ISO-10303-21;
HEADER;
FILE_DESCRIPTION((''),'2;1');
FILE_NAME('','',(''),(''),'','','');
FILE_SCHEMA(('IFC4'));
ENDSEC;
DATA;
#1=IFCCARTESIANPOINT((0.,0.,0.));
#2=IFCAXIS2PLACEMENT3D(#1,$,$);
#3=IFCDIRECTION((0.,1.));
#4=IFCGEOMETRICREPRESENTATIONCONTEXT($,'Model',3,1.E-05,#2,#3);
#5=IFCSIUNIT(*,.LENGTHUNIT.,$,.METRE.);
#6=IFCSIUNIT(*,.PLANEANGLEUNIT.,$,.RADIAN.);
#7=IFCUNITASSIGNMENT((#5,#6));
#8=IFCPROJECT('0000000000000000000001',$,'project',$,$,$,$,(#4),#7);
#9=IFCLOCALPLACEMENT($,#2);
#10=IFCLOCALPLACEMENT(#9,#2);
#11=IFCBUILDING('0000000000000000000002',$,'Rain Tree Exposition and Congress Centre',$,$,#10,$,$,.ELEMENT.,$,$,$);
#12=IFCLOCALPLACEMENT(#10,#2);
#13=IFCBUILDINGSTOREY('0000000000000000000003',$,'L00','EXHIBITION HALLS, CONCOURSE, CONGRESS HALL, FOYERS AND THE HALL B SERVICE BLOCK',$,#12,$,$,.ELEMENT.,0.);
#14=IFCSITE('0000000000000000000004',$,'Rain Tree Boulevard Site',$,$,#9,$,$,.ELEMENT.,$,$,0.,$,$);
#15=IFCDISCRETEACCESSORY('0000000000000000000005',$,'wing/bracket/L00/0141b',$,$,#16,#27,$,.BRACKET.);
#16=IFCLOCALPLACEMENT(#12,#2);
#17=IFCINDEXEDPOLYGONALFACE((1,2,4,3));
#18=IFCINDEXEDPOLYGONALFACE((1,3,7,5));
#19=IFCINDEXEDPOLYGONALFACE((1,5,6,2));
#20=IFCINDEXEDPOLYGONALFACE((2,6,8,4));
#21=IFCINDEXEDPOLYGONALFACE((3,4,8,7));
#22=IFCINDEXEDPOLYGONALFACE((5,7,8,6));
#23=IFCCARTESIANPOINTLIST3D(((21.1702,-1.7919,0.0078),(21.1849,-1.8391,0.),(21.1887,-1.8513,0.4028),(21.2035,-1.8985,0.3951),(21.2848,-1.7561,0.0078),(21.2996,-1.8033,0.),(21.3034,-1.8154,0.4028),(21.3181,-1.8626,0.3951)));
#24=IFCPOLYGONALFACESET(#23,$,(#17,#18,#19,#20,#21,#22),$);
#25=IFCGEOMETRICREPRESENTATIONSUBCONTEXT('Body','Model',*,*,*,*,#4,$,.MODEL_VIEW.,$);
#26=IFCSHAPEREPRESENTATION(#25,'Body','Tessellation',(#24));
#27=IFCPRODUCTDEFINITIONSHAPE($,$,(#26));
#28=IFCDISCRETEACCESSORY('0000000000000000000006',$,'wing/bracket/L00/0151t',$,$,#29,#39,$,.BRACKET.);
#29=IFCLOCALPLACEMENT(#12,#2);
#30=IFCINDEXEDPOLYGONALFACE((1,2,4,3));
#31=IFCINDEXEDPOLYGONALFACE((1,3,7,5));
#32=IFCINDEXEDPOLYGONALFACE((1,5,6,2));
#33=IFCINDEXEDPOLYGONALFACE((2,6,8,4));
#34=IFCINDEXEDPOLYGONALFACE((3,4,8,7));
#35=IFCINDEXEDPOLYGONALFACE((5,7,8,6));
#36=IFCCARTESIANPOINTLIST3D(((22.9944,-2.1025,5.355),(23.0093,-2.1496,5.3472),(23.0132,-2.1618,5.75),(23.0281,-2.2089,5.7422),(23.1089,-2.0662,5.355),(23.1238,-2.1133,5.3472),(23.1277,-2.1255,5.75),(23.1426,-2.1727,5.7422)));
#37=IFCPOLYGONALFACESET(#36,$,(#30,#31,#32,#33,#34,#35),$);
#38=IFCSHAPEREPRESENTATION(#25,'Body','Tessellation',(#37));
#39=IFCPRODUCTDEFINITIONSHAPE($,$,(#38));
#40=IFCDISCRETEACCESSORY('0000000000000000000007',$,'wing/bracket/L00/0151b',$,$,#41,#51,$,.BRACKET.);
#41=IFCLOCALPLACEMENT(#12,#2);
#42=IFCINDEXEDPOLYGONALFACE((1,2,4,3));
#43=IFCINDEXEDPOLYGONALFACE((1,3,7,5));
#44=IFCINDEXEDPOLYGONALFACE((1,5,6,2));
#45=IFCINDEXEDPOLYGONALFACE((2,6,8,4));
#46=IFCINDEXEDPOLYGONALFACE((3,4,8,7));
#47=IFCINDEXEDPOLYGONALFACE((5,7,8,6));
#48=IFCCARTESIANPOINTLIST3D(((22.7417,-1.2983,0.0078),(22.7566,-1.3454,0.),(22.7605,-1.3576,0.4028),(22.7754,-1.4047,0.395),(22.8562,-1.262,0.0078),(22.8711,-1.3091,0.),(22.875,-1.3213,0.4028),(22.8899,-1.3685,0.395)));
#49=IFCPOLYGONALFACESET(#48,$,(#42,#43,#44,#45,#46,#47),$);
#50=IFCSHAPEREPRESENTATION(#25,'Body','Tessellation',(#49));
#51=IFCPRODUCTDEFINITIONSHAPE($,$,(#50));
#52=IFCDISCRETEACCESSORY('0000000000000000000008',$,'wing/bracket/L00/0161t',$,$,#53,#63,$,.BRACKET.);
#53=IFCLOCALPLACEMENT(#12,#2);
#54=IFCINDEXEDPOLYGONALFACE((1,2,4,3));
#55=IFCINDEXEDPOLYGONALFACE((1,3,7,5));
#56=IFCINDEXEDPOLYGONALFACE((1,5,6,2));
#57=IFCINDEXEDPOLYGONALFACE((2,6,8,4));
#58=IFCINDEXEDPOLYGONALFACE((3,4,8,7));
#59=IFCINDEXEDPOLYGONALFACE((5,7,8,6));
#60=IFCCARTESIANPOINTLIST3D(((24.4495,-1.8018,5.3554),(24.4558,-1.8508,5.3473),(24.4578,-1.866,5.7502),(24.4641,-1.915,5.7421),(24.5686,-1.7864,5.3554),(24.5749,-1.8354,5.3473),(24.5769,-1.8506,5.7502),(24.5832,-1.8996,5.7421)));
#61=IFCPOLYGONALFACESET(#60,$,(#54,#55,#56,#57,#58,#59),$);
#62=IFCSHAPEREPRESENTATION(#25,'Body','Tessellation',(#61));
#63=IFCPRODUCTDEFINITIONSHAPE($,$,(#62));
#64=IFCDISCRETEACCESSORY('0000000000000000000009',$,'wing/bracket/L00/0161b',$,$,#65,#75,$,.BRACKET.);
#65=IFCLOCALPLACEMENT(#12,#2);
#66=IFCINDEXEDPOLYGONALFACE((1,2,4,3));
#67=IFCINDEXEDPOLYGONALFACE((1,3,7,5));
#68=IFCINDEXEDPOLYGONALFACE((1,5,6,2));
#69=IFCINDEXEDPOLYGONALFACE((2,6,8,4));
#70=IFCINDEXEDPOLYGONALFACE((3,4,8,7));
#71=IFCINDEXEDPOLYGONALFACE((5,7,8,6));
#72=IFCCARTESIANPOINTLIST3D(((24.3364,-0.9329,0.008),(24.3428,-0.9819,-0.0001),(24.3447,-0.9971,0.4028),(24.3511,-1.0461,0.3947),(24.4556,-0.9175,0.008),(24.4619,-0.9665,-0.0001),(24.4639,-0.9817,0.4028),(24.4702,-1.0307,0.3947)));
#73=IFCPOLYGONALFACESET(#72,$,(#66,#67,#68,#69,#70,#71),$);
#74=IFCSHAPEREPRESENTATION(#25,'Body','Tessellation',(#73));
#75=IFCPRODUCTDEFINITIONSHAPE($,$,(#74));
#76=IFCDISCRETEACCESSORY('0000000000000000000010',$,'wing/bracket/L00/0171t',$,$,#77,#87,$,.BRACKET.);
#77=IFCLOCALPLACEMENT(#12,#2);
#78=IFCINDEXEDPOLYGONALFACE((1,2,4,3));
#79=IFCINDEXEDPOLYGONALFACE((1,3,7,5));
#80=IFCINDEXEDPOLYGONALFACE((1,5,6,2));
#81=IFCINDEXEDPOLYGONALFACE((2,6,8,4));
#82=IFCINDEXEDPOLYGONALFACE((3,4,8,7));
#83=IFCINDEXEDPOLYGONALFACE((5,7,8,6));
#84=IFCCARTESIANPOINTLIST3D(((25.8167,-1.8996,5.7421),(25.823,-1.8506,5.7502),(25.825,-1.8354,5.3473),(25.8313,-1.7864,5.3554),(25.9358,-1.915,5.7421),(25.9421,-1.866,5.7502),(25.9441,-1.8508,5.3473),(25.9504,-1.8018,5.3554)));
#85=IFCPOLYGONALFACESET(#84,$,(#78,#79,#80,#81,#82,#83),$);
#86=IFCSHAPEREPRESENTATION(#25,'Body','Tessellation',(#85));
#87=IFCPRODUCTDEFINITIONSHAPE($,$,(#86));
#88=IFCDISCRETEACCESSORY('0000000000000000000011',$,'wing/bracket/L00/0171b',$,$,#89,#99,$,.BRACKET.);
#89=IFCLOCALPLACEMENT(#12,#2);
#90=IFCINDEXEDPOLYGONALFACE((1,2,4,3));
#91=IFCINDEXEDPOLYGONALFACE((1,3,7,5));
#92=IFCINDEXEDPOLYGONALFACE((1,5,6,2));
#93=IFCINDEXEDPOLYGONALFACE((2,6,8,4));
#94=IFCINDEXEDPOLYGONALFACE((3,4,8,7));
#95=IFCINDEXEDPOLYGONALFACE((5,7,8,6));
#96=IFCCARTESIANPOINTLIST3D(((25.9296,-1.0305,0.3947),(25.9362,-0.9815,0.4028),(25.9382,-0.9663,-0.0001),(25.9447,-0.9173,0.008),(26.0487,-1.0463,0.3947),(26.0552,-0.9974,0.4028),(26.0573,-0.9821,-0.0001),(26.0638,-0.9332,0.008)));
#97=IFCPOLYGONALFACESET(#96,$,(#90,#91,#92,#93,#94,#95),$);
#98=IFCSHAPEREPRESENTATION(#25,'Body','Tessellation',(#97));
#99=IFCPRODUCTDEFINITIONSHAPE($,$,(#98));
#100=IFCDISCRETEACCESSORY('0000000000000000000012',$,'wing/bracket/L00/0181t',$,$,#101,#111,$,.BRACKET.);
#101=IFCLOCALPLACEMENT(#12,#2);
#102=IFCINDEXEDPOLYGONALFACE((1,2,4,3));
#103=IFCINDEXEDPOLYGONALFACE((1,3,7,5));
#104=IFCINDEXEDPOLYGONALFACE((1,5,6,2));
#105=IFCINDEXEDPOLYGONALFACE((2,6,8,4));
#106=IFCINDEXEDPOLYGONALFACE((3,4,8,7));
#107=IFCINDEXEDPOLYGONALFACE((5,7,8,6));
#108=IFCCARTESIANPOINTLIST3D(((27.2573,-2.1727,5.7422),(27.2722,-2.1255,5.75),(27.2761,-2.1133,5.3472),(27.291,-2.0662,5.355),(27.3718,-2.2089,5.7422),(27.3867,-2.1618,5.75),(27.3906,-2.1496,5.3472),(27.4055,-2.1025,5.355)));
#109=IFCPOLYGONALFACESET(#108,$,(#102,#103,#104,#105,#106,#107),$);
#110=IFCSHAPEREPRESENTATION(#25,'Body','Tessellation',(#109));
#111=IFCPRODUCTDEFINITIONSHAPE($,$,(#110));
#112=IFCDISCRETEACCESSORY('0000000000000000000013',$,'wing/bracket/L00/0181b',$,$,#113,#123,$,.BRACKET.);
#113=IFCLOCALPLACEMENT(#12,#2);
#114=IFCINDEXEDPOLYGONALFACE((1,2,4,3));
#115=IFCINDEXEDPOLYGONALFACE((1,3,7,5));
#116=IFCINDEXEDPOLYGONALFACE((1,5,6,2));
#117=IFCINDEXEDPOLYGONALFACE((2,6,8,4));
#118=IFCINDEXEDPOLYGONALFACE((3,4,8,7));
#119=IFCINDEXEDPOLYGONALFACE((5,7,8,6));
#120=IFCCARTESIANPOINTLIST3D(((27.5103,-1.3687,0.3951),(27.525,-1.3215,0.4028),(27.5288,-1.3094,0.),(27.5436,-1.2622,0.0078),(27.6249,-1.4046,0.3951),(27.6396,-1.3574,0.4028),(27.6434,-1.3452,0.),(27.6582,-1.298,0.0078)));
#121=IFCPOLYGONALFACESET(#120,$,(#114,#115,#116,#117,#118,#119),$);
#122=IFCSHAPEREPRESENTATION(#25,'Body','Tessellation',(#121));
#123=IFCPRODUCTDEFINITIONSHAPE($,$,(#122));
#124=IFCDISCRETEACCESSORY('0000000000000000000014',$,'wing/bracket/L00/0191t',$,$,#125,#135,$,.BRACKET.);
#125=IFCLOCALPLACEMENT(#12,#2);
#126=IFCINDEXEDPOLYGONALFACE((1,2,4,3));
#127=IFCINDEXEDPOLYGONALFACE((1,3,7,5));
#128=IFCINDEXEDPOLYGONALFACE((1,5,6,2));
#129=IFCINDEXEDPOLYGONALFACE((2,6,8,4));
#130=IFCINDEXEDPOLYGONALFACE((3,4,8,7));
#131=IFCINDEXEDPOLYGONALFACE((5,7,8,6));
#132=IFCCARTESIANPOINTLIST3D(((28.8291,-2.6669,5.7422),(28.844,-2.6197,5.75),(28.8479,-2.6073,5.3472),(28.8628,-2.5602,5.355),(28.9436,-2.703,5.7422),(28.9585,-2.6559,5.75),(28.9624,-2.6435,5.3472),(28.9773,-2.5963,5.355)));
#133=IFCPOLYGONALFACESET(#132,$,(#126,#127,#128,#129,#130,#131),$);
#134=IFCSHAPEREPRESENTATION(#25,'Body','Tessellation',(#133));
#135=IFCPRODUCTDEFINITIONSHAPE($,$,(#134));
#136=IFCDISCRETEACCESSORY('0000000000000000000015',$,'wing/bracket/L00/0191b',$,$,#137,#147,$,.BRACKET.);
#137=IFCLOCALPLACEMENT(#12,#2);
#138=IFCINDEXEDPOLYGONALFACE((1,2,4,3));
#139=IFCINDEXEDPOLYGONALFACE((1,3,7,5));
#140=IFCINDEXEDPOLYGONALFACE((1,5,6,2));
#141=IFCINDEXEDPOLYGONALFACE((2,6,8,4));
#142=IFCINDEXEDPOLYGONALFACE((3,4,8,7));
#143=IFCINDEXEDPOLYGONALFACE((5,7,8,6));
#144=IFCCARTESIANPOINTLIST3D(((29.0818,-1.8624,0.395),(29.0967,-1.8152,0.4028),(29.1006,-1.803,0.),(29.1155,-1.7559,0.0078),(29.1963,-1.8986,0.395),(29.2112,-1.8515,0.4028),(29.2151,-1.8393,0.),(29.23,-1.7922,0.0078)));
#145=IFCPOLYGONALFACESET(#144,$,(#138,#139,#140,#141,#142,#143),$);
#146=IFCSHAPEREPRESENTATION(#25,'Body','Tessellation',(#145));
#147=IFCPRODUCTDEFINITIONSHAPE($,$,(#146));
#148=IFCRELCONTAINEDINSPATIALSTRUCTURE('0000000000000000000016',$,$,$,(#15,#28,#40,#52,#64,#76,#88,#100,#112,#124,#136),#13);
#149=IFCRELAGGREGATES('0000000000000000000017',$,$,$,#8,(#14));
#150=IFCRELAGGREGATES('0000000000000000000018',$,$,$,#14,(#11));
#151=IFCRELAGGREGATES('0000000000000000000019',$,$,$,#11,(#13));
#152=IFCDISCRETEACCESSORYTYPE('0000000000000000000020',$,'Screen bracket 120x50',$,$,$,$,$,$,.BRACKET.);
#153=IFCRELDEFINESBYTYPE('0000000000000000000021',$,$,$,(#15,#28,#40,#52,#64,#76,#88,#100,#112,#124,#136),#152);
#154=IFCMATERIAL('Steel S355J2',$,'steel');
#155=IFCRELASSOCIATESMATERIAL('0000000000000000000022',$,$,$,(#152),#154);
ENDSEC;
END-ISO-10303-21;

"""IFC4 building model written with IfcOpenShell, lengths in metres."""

from ifc_helpers import new_model, si_unit, direction, frame, origin, origin_2d, place, context, subcontext, project, spatial, rectangle, extrude, material, material_profile, profile_set, type_object, element, save


model = new_model("IFC4")

# Units and contexts
model_context = context("Model", 3, precision=1e-05, world=origin(), true_north=direction((0.0, 1.0)))
body_context = subcontext(model_context, "Body", "Model", "MODEL_VIEW")
ifc_project = project(units=[si_unit("LENGTHUNIT", "METRE"), si_unit("PLANEANGLEUNIT", "RADIAN")], contexts=[model_context])

# Site, building, storey
site_placement = place(None, origin())
site = spatial("IfcSite", under=ifc_project, at=site_placement, Name="Rain Tree Boulevard Site", CompositionType="ELEMENT", RefElevation=0.0)
building_placement = place(site_placement, origin())
building = spatial("IfcBuilding", under=site, at=building_placement, Name="Rain Tree Exposition and Congress Centre", CompositionType="ELEMENT")
storey_placement = place(building_placement, origin())
storey = spatial("IfcBuildingStorey", under=building, at=storey_placement, Name="L00", Description="EXHIBITION HALLS, CONCOURSE, CONGRESS HALL, FOYERS AND THE HALL B SERVICE BLOCK", CompositionType="ELEMENT", Elevation=0.0)

# Discrete accessories
ifc_material_1 = material(Name="Steel S355J2", Category="steel")
ifc_material_profile_1 = material_profile(ifc_material_1, rectangle(XDim=0.1201, YDim=0.05, at=origin_2d()), Name="Flat bar 120x50")
ifc_profile_set_1 = profile_set([ifc_material_profile_1], Name="Steel S355J2")
discrete_accessory_type = type_object("IfcDiscreteAccessoryType", Name="Screen bracket 120x50", PredefinedType="BRACKET", material=ifc_profile_set_1)
for number, where, z_axis, x_axis, name in (
    (1, (21.2349, -1.7976, 0.0039), (0.046401, -0.14836, 0.987844), (0.95441, 0.298499, 0.0), "wing/bracket/L00/0141b"),
    (2, (23.0591, -2.1079, 5.3511), (0.04701, -0.148356, 0.987816), (0.953286, 0.30207, 0.0), "wing/bracket/L00/0151t"),
    (3, (22.8064, -1.3037, 0.0039), (0.04701, -0.148356, 0.987816), (0.953286, 0.30207, 0.0), "wing/bracket/L00/0151b"),
):
    element("IfcDiscreteAccessory", number, at=place(storey_placement, frame(where, z_axis=z_axis, x_axis=x_axis)), inside=storey, type_object=discrete_accessory_type, Name=name, PredefinedType="BRACKET", context=body_context, shape_type="SweptSolid", body=[
        extrude(rectangle(XDim=0.1201, YDim=0.05, at=origin_2d()), origin(), (0.0, 0.0, 1.0), 0.3999),
    ])
for number, where, z_axis, x_axis, name in (
    (4, (24.5122, -1.8186, 5.3513), (0.020749, -0.160503, 0.986817), (0.991747, 0.128211, 0.0), "wing/bracket/L00/0161t"),
    (5, (24.3992, -0.9497, 0.0039), (0.020749, -0.160503, 0.986817), (0.991747, 0.128211, 0.0), "wing/bracket/L00/0161b"),
    (6, (25.8877, -1.8186, 5.3513), (-0.020749, -0.160503, 0.986817), (0.991747, -0.128211, 0.0), "wing/bracket/L00/0171t"),
    (7, (26.001, -0.9497, 0.0039), (-0.021359, -0.160501, 0.986805), (0.991261, -0.131917, 0.0), "wing/bracket/L00/0171b"),
):
    element("IfcDiscreteAccessory", number, at=place(storey_placement, frame(where, z_axis=z_axis, x_axis=x_axis)), inside=storey, type_object=discrete_accessory_type, Name=name, PredefinedType="BRACKET", context=body_context, shape_type="SweptSolid", body=[
        extrude(rectangle(XDim=0.1201, YDim=0.05, at=origin_2d()), origin(), (0.0, 0.0, 1.0), 0.4001),
    ])
for number, where, z_axis, x_axis, name in (
    (8, (27.3408, -2.1079, 5.3511), (-0.04701, -0.148356, 0.987816), (0.953286, -0.30207, 0.0), "wing/bracket/L00/0181t"),
    (9, (27.5935, -1.3037, 0.0039), (-0.046401, -0.14836, 0.987844), (0.95441, -0.298499, 0.0), "wing/bracket/L00/0181b"),
    (10, (28.9126, -2.6018, 5.3511), (-0.047006, -0.148953, 0.987726), (0.953642, -0.300944, 0.0), "wing/bracket/L00/0191t"),
    (11, (29.1653, -1.7976, 0.0039), (-0.04701, -0.148356, 0.987816), (0.953286, -0.30207, 0.0), "wing/bracket/L00/0191b"),
):
    element("IfcDiscreteAccessory", number, at=place(storey_placement, frame(where, z_axis=z_axis, x_axis=x_axis)), inside=storey, type_object=discrete_accessory_type, Name=name, PredefinedType="BRACKET", context=body_context, shape_type="SweptSolid", body=[
        extrude(rectangle(XDim=0.1201, YDim=0.05, at=origin_2d()), origin(), (0.0, 0.0, 1.0), 0.3999),
    ])

save(model, "model.ifc")
